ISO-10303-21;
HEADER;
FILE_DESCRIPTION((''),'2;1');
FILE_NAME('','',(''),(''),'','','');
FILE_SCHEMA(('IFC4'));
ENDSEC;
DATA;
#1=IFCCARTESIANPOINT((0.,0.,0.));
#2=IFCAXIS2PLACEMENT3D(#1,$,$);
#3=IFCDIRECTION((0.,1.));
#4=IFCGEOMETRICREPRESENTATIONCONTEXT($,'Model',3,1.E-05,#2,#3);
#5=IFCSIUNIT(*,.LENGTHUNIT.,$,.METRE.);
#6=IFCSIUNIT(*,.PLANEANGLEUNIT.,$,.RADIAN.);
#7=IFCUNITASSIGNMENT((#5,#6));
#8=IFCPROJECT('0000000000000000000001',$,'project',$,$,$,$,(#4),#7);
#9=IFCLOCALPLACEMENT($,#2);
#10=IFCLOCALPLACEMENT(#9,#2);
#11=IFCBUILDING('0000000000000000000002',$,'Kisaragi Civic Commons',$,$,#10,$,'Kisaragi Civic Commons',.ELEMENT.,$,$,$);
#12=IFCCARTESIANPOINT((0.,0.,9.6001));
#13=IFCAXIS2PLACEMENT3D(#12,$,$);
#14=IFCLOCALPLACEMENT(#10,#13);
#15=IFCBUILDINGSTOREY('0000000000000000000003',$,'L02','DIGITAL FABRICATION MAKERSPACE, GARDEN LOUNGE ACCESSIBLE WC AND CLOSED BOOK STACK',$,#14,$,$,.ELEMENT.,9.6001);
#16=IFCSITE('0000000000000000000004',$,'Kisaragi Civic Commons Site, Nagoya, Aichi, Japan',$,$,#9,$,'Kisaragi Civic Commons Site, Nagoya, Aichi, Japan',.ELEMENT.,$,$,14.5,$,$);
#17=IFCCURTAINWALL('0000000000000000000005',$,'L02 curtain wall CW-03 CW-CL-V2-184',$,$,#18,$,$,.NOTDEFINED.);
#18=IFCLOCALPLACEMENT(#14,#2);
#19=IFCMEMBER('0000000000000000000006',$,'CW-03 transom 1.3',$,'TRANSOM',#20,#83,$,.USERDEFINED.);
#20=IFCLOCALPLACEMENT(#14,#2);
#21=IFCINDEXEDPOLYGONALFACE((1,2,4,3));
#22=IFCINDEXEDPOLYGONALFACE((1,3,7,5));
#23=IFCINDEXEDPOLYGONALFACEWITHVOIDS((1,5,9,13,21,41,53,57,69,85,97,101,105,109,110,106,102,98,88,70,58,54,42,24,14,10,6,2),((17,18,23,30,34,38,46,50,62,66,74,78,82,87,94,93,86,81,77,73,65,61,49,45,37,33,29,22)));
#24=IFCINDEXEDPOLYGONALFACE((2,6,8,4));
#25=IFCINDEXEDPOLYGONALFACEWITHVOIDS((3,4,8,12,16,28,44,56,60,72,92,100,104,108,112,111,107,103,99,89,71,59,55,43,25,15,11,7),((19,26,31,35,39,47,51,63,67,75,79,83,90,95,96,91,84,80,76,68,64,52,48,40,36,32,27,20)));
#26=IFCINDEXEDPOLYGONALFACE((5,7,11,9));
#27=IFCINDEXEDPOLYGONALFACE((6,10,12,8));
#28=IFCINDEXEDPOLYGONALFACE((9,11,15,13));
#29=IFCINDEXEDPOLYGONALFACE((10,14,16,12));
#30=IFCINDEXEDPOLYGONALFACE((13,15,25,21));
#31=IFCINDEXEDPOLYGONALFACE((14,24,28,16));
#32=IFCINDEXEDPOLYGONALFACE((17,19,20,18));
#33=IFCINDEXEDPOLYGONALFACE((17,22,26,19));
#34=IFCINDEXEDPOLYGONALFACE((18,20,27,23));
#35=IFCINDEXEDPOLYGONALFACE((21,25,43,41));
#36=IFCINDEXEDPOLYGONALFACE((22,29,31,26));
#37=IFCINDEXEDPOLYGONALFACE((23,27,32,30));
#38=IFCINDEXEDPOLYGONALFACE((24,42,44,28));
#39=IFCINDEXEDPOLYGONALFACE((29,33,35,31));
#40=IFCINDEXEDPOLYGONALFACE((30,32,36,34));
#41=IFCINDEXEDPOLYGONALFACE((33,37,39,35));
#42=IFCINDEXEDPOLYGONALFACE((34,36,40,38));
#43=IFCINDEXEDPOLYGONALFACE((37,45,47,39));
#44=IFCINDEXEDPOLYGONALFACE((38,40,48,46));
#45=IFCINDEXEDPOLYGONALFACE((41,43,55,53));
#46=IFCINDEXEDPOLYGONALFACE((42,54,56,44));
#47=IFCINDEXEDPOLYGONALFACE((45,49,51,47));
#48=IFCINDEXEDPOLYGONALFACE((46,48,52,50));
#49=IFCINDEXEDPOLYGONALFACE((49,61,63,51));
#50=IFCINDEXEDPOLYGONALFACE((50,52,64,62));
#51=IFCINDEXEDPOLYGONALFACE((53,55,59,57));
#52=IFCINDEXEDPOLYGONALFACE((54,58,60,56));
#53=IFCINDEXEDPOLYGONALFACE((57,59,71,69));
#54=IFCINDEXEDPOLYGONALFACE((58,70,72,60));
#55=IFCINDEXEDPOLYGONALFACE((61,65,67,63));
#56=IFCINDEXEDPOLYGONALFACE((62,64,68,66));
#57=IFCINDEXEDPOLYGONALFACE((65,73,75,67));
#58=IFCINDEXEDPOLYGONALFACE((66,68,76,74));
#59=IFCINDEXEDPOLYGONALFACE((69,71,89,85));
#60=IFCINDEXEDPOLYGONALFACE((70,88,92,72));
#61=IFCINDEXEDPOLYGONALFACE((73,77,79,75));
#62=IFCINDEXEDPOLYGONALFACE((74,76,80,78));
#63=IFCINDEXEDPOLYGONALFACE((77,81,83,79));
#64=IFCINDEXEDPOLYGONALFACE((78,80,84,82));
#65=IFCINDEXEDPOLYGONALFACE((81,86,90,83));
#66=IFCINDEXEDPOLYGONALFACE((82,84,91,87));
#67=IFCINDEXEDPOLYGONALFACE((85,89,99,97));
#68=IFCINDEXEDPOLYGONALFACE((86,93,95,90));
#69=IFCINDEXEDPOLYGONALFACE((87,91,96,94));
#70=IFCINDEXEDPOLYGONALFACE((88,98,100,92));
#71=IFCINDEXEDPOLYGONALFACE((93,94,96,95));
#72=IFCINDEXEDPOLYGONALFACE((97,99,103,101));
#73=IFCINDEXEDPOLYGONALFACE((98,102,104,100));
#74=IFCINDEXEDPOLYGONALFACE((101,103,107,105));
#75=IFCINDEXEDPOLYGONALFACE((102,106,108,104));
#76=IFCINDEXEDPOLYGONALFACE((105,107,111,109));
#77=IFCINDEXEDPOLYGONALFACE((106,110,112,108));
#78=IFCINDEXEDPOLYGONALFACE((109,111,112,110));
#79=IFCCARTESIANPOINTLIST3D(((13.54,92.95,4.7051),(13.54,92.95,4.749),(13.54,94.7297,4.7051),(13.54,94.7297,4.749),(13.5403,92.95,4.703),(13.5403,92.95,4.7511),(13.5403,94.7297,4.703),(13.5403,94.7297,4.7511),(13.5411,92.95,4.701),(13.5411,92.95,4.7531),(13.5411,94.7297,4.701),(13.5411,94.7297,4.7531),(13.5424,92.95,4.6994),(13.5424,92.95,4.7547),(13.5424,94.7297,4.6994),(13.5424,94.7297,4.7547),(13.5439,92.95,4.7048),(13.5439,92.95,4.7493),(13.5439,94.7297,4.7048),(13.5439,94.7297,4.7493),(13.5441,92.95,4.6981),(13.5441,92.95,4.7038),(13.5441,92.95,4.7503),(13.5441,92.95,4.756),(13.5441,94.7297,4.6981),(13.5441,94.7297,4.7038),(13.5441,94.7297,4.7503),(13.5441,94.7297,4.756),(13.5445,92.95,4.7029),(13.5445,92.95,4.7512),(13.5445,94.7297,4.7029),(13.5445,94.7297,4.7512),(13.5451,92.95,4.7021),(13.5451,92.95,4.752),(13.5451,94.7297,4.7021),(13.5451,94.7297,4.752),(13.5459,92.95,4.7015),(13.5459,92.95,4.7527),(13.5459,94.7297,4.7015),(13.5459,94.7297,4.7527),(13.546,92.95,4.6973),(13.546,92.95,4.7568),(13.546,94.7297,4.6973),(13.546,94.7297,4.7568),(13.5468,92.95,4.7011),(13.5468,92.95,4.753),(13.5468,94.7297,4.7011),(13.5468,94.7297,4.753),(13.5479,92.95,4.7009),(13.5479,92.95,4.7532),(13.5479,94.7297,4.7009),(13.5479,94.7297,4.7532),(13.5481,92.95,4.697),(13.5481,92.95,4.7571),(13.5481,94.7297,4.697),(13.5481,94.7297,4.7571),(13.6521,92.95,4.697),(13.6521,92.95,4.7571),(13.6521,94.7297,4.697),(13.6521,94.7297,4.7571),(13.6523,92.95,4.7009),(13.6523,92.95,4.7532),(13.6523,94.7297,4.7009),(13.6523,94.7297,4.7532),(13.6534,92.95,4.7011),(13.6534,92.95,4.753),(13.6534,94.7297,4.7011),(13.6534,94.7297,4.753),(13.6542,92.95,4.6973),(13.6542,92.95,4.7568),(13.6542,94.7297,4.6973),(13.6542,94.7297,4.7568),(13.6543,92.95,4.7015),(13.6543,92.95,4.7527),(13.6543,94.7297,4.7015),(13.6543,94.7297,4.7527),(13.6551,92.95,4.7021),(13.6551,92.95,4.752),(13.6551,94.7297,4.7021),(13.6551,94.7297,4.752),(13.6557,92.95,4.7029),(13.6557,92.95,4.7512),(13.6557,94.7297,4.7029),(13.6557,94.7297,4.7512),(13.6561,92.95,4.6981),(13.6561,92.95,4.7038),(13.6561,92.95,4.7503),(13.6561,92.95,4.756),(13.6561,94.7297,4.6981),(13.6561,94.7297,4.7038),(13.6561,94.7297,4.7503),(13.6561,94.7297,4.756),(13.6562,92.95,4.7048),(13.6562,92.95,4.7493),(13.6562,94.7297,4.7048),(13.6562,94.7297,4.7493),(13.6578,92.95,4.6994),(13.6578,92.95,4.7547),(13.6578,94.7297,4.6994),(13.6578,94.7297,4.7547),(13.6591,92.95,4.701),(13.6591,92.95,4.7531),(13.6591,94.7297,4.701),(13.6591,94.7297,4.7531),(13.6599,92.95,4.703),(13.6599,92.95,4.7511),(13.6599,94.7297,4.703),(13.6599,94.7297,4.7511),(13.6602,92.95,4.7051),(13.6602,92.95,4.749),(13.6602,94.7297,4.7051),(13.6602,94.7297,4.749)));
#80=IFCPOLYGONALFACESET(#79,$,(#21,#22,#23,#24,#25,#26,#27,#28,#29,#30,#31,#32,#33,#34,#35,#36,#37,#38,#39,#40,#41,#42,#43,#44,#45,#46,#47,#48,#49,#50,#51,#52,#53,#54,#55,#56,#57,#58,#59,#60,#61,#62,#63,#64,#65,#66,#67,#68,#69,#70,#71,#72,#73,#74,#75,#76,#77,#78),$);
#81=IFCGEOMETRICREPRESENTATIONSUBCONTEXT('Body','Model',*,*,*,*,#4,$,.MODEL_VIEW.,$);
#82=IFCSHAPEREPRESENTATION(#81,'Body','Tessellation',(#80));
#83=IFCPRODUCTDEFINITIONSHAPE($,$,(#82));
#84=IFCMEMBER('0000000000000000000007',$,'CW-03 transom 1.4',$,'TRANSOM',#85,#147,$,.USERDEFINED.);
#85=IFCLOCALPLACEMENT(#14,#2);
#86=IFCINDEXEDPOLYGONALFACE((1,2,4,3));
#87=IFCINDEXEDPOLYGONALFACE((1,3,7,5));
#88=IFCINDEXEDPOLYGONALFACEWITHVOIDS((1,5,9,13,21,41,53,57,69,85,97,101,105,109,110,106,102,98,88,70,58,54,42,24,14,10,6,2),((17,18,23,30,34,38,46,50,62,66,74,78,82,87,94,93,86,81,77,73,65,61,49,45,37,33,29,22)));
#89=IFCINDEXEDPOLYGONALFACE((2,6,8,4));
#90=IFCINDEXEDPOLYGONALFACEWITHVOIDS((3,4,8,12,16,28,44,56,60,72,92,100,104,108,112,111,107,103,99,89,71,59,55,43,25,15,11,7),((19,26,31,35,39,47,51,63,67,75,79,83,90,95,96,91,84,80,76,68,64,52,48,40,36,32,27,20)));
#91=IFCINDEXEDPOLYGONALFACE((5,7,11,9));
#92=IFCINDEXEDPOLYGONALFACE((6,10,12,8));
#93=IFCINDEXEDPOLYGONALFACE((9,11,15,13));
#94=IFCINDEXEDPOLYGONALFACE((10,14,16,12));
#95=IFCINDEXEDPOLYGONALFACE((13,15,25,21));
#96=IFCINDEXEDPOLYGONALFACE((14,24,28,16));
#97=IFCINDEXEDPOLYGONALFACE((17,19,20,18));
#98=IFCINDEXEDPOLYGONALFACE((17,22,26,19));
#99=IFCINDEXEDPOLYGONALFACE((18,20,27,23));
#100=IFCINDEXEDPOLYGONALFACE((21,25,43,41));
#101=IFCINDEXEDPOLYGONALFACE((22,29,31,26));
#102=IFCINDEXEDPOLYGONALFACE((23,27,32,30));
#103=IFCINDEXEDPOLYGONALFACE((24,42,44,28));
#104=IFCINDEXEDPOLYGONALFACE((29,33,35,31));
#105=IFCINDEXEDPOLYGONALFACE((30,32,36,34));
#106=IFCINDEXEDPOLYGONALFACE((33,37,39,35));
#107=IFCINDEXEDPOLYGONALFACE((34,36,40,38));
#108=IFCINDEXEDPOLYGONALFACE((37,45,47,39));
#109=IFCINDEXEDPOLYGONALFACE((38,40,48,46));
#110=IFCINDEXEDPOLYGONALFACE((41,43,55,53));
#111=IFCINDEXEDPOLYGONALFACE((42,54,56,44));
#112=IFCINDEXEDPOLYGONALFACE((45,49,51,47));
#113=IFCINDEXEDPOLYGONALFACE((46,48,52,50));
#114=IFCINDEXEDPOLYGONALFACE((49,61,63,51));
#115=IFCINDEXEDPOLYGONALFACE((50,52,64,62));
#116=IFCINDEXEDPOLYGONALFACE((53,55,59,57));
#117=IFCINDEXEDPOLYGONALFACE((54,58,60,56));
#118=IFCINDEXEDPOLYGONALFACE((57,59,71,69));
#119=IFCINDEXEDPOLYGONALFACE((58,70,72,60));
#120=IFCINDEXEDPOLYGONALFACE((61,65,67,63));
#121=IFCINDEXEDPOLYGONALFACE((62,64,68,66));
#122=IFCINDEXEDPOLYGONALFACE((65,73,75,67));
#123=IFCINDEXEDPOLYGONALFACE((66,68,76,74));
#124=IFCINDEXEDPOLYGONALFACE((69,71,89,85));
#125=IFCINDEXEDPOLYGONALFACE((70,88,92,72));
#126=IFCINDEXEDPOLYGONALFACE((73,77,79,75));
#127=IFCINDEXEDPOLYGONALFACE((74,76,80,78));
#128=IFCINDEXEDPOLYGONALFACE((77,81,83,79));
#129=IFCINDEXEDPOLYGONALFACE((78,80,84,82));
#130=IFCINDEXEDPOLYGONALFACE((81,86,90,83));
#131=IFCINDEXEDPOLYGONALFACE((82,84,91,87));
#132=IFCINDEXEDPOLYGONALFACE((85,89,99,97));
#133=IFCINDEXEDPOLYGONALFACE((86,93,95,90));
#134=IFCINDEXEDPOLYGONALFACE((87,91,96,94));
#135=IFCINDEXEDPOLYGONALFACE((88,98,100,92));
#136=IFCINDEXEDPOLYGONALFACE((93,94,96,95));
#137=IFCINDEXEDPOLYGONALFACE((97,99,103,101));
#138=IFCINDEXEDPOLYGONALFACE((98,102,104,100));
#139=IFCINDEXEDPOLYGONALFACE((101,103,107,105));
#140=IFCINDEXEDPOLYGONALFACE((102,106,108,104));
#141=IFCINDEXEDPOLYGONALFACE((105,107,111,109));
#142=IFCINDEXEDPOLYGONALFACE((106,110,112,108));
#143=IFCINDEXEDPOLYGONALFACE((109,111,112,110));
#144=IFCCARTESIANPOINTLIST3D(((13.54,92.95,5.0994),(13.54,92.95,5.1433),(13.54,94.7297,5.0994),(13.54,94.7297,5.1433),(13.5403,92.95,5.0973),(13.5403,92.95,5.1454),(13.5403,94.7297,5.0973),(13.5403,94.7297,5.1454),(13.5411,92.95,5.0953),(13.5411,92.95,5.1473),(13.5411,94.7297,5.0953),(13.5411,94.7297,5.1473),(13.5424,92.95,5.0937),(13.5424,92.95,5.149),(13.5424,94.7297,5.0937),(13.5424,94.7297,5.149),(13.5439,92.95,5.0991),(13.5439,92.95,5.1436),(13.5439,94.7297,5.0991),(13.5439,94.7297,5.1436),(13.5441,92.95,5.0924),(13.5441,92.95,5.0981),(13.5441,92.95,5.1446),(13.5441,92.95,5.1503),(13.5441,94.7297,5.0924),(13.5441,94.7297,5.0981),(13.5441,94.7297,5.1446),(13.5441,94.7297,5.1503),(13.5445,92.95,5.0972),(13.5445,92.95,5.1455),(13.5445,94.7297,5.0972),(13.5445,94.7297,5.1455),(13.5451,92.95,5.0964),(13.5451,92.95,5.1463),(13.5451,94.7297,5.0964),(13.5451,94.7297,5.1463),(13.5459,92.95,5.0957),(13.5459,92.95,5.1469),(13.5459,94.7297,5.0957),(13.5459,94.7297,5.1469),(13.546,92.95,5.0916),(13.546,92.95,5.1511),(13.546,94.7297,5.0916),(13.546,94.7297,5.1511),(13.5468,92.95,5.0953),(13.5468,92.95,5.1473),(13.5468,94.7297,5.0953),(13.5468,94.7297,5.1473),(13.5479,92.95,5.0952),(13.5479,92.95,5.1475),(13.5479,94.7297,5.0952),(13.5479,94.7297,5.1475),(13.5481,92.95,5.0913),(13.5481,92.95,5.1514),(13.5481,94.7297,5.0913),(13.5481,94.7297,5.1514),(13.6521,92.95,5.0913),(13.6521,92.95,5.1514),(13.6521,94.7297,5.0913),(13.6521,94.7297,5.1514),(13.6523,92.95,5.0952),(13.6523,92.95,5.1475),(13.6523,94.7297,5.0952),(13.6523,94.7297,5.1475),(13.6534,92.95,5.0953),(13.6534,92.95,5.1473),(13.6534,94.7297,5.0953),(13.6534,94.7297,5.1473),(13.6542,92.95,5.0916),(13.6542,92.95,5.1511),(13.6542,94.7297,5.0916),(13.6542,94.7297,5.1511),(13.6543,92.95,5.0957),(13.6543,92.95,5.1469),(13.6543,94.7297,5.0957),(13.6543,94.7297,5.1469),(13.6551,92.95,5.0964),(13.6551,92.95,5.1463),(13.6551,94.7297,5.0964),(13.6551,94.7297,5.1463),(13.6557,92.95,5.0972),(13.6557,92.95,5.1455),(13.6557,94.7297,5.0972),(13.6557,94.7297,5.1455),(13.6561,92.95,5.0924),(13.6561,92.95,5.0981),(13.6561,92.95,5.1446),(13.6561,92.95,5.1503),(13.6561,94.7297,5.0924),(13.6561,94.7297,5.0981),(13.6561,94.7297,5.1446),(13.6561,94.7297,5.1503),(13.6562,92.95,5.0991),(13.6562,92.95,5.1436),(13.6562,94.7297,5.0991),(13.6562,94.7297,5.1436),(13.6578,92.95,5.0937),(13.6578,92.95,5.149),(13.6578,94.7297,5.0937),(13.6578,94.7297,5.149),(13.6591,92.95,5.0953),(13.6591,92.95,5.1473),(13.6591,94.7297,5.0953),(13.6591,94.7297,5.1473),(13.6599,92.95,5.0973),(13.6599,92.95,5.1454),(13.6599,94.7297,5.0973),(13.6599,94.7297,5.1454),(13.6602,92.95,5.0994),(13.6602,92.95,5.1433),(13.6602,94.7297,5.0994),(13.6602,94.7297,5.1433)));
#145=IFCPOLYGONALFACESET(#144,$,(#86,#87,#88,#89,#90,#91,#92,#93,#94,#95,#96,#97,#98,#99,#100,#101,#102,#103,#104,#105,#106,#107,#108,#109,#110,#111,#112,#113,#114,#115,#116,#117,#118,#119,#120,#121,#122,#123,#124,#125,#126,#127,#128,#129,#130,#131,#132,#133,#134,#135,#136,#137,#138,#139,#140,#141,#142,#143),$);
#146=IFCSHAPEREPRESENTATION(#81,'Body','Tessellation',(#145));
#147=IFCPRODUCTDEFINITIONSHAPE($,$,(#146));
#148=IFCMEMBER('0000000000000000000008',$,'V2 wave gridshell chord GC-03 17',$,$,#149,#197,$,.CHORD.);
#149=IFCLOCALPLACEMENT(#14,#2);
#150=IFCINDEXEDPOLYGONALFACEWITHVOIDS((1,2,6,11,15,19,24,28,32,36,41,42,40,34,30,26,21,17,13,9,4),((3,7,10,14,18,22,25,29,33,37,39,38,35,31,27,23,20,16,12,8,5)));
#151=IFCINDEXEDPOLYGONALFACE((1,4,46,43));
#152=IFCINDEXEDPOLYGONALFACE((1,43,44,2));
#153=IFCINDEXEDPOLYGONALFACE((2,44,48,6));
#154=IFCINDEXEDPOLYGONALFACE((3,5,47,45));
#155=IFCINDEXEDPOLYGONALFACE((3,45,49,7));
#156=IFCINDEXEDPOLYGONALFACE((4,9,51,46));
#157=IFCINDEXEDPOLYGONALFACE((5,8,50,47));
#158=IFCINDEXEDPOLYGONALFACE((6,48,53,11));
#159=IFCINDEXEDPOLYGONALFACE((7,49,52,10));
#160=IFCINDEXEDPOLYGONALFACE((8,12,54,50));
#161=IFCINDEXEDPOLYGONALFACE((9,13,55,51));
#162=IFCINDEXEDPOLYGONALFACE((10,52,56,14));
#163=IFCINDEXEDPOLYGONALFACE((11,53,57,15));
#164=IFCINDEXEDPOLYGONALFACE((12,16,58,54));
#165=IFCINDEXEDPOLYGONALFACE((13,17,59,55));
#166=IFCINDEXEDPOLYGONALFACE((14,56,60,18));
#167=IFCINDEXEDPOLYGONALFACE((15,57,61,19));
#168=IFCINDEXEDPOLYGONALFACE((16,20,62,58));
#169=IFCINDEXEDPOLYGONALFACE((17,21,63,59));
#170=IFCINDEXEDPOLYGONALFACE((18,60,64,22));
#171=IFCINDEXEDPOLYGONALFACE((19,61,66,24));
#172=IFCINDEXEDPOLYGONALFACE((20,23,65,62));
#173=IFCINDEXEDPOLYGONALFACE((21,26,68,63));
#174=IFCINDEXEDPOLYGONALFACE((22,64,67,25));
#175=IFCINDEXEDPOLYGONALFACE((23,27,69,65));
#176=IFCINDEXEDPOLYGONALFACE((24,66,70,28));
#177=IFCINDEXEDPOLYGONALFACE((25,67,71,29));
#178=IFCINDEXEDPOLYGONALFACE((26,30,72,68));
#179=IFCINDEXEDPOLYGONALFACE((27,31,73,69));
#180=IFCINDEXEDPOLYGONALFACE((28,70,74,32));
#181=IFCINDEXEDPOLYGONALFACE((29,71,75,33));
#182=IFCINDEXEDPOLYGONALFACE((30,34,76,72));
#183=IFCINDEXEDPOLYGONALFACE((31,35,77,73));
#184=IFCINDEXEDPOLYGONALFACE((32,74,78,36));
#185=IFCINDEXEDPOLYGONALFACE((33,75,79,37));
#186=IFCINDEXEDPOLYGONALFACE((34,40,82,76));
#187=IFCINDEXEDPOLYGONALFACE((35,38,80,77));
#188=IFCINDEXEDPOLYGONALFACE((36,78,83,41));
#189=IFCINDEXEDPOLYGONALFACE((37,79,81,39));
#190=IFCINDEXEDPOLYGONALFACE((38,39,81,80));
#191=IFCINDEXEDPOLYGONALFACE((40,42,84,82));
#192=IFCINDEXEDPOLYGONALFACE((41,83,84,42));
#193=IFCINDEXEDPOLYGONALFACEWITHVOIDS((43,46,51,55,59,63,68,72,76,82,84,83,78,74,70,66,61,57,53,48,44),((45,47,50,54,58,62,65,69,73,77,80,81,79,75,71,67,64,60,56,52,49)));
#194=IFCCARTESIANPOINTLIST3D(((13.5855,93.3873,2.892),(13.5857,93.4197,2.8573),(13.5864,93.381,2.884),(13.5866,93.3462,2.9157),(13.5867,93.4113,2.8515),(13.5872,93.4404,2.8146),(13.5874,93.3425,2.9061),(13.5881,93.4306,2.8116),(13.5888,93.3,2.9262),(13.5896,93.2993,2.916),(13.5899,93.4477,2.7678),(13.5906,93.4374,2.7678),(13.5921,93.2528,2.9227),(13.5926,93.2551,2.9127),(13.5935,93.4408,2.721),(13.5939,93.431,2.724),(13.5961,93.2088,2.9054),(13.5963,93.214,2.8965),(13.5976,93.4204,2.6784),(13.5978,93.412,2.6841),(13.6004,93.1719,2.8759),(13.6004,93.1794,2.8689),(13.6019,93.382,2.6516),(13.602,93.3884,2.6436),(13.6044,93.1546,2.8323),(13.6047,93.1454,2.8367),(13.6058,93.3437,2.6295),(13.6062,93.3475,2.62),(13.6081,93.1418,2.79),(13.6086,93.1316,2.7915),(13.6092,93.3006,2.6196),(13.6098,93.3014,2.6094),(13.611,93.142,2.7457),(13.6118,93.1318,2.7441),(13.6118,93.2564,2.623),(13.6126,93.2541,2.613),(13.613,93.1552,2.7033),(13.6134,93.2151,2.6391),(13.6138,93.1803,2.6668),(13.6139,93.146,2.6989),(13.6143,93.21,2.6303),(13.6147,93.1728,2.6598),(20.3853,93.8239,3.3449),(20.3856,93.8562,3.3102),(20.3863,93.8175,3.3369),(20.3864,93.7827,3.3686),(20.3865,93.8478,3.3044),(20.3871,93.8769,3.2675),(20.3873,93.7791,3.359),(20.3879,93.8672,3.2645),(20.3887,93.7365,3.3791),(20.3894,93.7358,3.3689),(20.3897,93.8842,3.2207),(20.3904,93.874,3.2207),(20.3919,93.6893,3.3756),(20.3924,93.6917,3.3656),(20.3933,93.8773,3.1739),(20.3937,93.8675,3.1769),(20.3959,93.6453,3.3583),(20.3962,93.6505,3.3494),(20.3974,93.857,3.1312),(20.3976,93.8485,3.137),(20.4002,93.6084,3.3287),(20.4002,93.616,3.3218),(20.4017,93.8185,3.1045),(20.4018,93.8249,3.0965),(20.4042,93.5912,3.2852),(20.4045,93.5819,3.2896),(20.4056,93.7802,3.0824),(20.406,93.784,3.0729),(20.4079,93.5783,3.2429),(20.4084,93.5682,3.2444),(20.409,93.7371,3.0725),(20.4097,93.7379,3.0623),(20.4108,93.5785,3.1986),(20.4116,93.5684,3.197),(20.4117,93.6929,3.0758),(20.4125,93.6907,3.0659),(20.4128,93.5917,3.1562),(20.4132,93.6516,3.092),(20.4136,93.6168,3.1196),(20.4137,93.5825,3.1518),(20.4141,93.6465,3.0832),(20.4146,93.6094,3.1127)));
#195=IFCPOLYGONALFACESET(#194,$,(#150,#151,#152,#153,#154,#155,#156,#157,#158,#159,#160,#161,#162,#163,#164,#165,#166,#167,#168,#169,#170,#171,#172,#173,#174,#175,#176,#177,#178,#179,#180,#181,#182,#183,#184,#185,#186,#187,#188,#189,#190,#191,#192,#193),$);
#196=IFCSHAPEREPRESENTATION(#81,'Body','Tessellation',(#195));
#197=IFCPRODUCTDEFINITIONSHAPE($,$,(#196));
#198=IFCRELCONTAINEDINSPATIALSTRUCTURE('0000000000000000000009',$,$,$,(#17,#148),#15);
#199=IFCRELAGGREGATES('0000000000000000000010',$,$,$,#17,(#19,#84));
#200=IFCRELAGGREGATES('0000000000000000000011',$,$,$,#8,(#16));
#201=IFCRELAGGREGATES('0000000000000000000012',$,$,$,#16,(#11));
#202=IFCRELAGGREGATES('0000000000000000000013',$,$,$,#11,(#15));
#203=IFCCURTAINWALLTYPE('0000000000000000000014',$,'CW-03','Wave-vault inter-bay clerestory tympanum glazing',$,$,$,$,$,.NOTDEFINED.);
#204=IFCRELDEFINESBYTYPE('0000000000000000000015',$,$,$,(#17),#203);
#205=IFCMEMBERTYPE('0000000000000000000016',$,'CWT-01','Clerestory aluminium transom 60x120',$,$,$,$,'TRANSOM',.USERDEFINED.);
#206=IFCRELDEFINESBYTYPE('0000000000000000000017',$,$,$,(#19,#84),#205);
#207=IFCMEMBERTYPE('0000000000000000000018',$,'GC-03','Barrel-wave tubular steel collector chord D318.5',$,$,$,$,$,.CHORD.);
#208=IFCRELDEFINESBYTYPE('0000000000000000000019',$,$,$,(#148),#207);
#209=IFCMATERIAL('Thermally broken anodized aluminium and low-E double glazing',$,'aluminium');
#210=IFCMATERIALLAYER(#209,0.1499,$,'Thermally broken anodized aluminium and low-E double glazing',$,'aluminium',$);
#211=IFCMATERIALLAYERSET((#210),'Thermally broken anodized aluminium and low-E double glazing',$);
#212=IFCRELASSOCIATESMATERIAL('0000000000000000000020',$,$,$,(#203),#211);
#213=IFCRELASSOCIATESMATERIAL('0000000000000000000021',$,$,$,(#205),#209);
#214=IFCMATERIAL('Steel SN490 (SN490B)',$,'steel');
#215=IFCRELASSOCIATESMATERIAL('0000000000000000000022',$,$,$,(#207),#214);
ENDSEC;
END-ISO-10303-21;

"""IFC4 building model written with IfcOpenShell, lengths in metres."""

from ifc_helpers import new_model, si_unit, direction, frame, origin, origin_2d, place, context, subcontext, project, spatial, hollow_rectangle, hollow_circle, extrude, material, layer, layer_set, material_profile, profile_set, type_object, element, aggregate, save


model = new_model("IFC4")

# Units and contexts
model_context = context("Model", 3, precision=1e-05, world=origin(), true_north=direction((0.0, 1.0)))
body_context = subcontext(model_context, "Body", "Model", "MODEL_VIEW")
ifc_project = project(units=[si_unit("LENGTHUNIT", "METRE"), si_unit("PLANEANGLEUNIT", "RADIAN")], contexts=[model_context])

# Site, building, storey
site_placement = place(None, origin())
site = spatial("IfcSite", under=ifc_project, at=site_placement, Name="Kisaragi Civic Commons Site, Nagoya, Aichi, Japan", LongName="Kisaragi Civic Commons Site, Nagoya, Aichi, Japan", CompositionType="ELEMENT", RefElevation=14.5)
building_placement = place(site_placement, origin())
building = spatial("IfcBuilding", under=site, at=building_placement, Name="Kisaragi Civic Commons", LongName="Kisaragi Civic Commons", CompositionType="ELEMENT")
storey_placement = place(building_placement, frame((0.0, 0.0, 9.6001)))
storey = spatial("IfcBuildingStorey", under=building, at=storey_placement, Name="L02", Description="DIGITAL FABRICATION MAKERSPACE, GARDEN LOUNGE ACCESSIBLE WC AND CLOSED BOOK STACK", CompositionType="ELEMENT", Elevation=9.6001)

# Curtain wall
ifc_material_1 = material(Name="Thermally broken anodized aluminium and low-E double glazing", Category="aluminium")
ifc_layer_1 = layer(ifc_material_1, 0.1499, Name="Thermally broken anodized aluminium and low-E double glazing", Category="aluminium")
ifc_layer_set_1 = layer_set([ifc_layer_1], Name="Thermally broken anodized aluminium and low-E double glazing")
curtain_wall_type = type_object("IfcCurtainWallType", Name="CW-03", Description="Wave-vault inter-bay clerestory tympanum glazing", PredefinedType="NOTDEFINED", material=ifc_layer_set_1)
curtain_wall_1_placement = place(storey_placement, origin())
curtain_wall_1 = element("IfcCurtainWall", 1, at=curtain_wall_1_placement, inside=storey, type_object=curtain_wall_type, Name="L02 curtain wall CW-03 CW-CL-V2-184", PredefinedType="NOTDEFINED")

# Members
ifc_material_profile_1 = material_profile(ifc_material_1, hollow_rectangle(XDim=0.1201, YDim=0.0601, WallThickness=0.0039, InnerFilletRadius=0.0039, OuterFilletRadius=0.0081, at=origin_2d()), Name="CWT-60x120x4", Category="aluminium")
ifc_profile_set_1 = profile_set([ifc_material_profile_1], Name="Thermally broken anodized aluminium and low-E double glazing")
member_type_1 = type_object("IfcMemberType", Name="CWT-01", Description="Clerestory aluminium transom 60x120", ElementType="TRANSOM", PredefinedType="USERDEFINED", material=ifc_profile_set_1)
member_1_placement = place(storey_placement, frame((13.6001, 92.95, 4.7271), z_axis=(0.0, 1.0, 0.0), x_axis=(-1.0, 0.0, 0.0)))
member_1 = element("IfcMember", 2, at=member_1_placement, type_object=member_type_1, Name="CW-03 transom 1.3", ObjectType="TRANSOM", PredefinedType="USERDEFINED", context=body_context, shape_type="SweptSolid", body=[
    extrude(hollow_rectangle(XDim=0.1201, YDim=0.0601, WallThickness=0.0039, InnerFilletRadius=0.0039, OuterFilletRadius=0.0081, at=origin_2d()), origin(), (0.0, 0.0, 1.0), 1.7798),
])
member_2_placement = place(storey_placement, frame((13.6001, 92.95, 5.1213), z_axis=(0.0, 1.0, 0.0), x_axis=(-1.0, 0.0, 0.0)))
member_2 = element("IfcMember", 3, at=member_2_placement, type_object=member_type_1, Name="CW-03 transom 1.4", ObjectType="TRANSOM", PredefinedType="USERDEFINED", context=body_context, shape_type="SweptSolid", body=[
    extrude(hollow_rectangle(XDim=0.1201, YDim=0.0601, WallThickness=0.0039, InnerFilletRadius=0.0039, OuterFilletRadius=0.0081, at=origin_2d()), origin(), (0.0, 0.0, 1.0), 1.7798),
])

# Member
ifc_material_2 = material(Name="Steel SN490 (SN490B)", Category="steel")
ifc_material_profile_2 = material_profile(ifc_material_2, hollow_circle(Radius=0.1592, WallThickness=0.0103, at=origin_2d()), Name="CHS-318.5x10.3", Category="steel")
ifc_profile_set_2 = profile_set([ifc_material_profile_2], Name="Steel SN490 (SN490B)")
member_type_2 = type_object("IfcMemberType", Name="GC-03", Description="Barrel-wave tubular steel collector chord D318.5", PredefinedType="CHORD", material=ifc_profile_set_2)
member_3_placement = place(storey_placement, frame((13.6001, 93.2888, 2.7678), z_axis=(0.995749, 0.063924, 0.066319), x_axis=(-0.064065, 0.997946, 0.0)))
element("IfcMember", 4, at=member_3_placement, inside=storey, type_object=member_type_2, Name="V2 wave gridshell chord GC-03 17", PredefinedType="CHORD", context=body_context, shape_type="SweptSolid", body=[
    extrude(hollow_circle(Radius=0.1592, WallThickness=0.0103, at=origin_2d()), origin(), (0.0, 0.0, 1.0), 6.8289),
])

aggregate(curtain_wall_1, [member_1, member_2])

save(model, "model.ifc")
